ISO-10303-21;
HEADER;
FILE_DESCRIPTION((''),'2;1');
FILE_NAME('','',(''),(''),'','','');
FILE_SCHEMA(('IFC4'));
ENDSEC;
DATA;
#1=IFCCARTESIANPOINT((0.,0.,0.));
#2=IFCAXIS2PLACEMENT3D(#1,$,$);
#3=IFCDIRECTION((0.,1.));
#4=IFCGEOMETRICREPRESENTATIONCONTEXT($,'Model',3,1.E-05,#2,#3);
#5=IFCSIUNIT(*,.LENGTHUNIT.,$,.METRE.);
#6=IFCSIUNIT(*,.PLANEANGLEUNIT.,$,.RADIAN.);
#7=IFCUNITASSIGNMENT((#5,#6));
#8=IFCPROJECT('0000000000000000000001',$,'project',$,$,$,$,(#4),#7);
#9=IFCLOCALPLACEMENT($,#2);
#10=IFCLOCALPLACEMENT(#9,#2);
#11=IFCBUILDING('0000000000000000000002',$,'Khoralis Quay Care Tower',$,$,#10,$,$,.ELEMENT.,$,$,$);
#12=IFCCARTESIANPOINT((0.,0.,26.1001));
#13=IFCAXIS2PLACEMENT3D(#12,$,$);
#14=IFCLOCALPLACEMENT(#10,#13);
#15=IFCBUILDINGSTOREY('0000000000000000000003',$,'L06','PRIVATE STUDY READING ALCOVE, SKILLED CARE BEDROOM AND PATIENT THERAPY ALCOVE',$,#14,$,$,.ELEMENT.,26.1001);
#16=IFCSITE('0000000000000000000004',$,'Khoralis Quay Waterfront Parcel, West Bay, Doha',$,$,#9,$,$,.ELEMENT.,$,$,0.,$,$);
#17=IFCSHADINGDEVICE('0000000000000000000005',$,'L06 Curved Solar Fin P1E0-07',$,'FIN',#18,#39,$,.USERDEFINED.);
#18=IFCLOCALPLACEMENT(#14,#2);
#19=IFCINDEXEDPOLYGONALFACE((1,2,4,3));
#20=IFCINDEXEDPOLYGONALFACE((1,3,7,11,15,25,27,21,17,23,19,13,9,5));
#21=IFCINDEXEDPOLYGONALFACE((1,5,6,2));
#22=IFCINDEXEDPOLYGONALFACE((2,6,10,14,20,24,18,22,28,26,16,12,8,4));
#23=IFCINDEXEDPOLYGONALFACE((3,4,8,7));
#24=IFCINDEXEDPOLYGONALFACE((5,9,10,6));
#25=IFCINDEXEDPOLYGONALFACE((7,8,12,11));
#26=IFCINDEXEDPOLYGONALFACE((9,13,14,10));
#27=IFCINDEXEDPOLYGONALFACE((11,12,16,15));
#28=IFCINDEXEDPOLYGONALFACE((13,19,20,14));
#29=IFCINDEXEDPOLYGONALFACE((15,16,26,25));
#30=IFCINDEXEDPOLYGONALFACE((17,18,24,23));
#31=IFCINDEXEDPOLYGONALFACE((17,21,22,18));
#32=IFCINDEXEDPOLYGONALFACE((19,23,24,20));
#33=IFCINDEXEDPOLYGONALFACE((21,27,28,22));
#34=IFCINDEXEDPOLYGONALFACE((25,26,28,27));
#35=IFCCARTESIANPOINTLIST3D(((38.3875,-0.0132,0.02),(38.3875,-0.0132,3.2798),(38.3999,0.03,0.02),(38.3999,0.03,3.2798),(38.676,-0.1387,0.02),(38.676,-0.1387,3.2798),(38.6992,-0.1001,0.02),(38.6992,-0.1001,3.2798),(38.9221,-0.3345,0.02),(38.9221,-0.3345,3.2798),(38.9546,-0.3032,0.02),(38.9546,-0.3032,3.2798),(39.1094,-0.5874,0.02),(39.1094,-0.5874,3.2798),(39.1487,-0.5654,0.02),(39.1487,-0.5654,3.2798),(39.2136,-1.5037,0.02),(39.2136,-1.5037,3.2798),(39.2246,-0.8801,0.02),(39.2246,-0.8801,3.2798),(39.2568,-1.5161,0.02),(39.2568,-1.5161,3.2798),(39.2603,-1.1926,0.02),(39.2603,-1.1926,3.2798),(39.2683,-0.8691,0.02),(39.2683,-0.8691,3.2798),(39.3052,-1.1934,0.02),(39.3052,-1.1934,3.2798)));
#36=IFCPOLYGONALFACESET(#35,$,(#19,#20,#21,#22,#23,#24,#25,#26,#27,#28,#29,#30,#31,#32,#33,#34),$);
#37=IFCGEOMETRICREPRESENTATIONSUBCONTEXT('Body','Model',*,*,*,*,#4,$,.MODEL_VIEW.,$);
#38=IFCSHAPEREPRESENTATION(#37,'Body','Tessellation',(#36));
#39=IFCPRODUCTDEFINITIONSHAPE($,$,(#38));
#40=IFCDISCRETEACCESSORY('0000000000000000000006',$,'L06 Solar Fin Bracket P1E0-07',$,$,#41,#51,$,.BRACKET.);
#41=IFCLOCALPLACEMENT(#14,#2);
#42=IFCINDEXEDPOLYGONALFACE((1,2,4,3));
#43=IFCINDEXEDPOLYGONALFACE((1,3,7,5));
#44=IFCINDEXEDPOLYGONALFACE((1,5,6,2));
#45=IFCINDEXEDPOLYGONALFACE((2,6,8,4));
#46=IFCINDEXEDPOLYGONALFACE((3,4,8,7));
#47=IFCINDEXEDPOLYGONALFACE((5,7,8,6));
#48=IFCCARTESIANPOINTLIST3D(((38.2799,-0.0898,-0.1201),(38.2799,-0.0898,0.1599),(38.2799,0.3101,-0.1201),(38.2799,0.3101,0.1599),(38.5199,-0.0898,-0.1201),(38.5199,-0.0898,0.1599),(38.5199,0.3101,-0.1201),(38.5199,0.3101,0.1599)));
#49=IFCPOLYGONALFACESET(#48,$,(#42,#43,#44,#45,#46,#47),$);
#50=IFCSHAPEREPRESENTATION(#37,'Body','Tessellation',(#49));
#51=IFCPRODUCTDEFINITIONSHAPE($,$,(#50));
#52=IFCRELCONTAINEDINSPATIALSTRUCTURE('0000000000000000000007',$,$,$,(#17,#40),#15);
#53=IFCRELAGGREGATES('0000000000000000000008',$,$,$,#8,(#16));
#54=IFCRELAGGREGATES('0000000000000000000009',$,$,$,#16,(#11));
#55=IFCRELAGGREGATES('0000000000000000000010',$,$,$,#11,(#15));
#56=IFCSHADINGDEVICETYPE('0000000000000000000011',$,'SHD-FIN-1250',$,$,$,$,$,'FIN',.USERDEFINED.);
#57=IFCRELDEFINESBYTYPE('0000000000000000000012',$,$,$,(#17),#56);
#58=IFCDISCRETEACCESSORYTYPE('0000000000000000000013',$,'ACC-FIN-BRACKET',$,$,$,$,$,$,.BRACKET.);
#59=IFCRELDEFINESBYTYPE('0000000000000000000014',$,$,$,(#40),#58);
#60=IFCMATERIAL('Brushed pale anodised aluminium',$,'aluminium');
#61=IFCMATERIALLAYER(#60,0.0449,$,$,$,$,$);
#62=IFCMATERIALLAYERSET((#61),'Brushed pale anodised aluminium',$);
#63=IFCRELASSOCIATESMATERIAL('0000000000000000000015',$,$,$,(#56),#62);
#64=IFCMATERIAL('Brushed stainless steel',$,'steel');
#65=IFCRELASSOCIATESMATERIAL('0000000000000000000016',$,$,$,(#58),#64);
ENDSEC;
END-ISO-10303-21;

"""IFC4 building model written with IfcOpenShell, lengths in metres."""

from ifc_helpers import new_model, si_unit, direction, frame, origin, origin_2d, place, context, subcontext, project, spatial, polyline, rectangle, outline, extrude, source, transform, mapped, material, layer, layer_set, type_object, element, save


model = new_model("IFC4")

# Units and contexts
model_context = context("Model", 3, precision=1e-05, world=origin(), true_north=direction((0.0, 1.0)))
body_context = subcontext(model_context, "Body", "Model", "MODEL_VIEW")
ifc_project = project(units=[si_unit("LENGTHUNIT", "METRE"), si_unit("PLANEANGLEUNIT", "RADIAN")], contexts=[model_context])

# Site, building, storey
site_placement = place(None, origin())
site = spatial("IfcSite", under=ifc_project, at=site_placement, Name="Khoralis Quay Waterfront Parcel, West Bay, Doha", CompositionType="ELEMENT", RefElevation=0.0)
building_placement = place(site_placement, origin())
building = spatial("IfcBuilding", under=site, at=building_placement, Name="Khoralis Quay Care Tower", CompositionType="ELEMENT")
storey_placement = place(building_placement, frame((0.0, 0.0, 26.1001)))
storey = spatial("IfcBuildingStorey", under=building, at=storey_placement, Name="L06", Description="PRIVATE STUDY READING ALCOVE, SKILLED CARE BEDROOM AND PATIENT THERAPY ALCOVE", CompositionType="ELEMENT", Elevation=26.1001)

# Shading device
ifc_material_1 = material(Name="Brushed pale anodised aluminium", Category="aluminium")
ifc_layer_1 = layer(ifc_material_1, 0.0449)
ifc_layer_set_1 = layer_set([ifc_layer_1], Name="Brushed pale anodised aluminium")
shading_device_type = type_object("IfcShadingDeviceType", Name="SHD-FIN-1250", ElementType="FIN", PredefinedType="USERDEFINED", material=ifc_layer_set_1)
shared_shape_1 = source(origin(), body_context, "Body", "SweptSolid", [
    extrude(outline(polyline([(0.0, 0.0), (0.1301, 0.2993), (0.3333, 0.5547), (0.5955, 0.7488), (0.8992, 0.8684), (1.2234, 0.9053), (1.5461, 0.8569), (1.5337, 0.8137), (1.2227, 0.8604), (0.9102, 0.8247), (0.6174, 0.7095), (0.3645, 0.5222), (0.1687, 0.2761), (0.0432, -0.0125), (0.0, 0.0)])), origin(), (0.0, 0.0, 1.0), 3.2598),
])
shading_device_placement = place(storey_placement, frame((38.3999, 0.03, 0.02), z_axis=(0.0, 0.0, 1.0), x_axis=(0.0, -1.0, 0.0)))
element("IfcShadingDevice", 1, at=shading_device_placement, inside=storey, type_object=shading_device_type, Name="L06 Curved Solar Fin P1E0-07", ObjectType="FIN", PredefinedType="USERDEFINED", context=body_context, shape_type="MappedRepresentation", body=[
    mapped(shared_shape_1, transform((0.0, 0.0, 0.0), scale=1.0)),
])

# Discrete accessory
ifc_material_2 = material(Name="Brushed stainless steel", Category="steel")
discrete_accessory_type = type_object("IfcDiscreteAccessoryType", Name="ACC-FIN-BRACKET", PredefinedType="BRACKET", material=ifc_material_2)
shared_shape_2 = source(origin(), body_context, "Body", "SweptSolid", [
    extrude(rectangle(XDim=0.3999, YDim=0.24, at=origin_2d()), origin(), (0.0, 0.0, 1.0), 0.28),
])
discrete_accessory_placement = place(storey_placement, frame((38.3999, 0.1101, -0.1201), z_axis=(0.0, 0.0, 1.0), x_axis=(0.0, -1.0, 0.0)))
element("IfcDiscreteAccessory", 2, at=discrete_accessory_placement, inside=storey, type_object=discrete_accessory_type, Name="L06 Solar Fin Bracket P1E0-07", PredefinedType="BRACKET", context=body_context, shape_type="MappedRepresentation", body=[
    mapped(shared_shape_2, transform((0.0, 0.0, 0.0), scale=1.0)),
])

save(model, "model.ifc")
